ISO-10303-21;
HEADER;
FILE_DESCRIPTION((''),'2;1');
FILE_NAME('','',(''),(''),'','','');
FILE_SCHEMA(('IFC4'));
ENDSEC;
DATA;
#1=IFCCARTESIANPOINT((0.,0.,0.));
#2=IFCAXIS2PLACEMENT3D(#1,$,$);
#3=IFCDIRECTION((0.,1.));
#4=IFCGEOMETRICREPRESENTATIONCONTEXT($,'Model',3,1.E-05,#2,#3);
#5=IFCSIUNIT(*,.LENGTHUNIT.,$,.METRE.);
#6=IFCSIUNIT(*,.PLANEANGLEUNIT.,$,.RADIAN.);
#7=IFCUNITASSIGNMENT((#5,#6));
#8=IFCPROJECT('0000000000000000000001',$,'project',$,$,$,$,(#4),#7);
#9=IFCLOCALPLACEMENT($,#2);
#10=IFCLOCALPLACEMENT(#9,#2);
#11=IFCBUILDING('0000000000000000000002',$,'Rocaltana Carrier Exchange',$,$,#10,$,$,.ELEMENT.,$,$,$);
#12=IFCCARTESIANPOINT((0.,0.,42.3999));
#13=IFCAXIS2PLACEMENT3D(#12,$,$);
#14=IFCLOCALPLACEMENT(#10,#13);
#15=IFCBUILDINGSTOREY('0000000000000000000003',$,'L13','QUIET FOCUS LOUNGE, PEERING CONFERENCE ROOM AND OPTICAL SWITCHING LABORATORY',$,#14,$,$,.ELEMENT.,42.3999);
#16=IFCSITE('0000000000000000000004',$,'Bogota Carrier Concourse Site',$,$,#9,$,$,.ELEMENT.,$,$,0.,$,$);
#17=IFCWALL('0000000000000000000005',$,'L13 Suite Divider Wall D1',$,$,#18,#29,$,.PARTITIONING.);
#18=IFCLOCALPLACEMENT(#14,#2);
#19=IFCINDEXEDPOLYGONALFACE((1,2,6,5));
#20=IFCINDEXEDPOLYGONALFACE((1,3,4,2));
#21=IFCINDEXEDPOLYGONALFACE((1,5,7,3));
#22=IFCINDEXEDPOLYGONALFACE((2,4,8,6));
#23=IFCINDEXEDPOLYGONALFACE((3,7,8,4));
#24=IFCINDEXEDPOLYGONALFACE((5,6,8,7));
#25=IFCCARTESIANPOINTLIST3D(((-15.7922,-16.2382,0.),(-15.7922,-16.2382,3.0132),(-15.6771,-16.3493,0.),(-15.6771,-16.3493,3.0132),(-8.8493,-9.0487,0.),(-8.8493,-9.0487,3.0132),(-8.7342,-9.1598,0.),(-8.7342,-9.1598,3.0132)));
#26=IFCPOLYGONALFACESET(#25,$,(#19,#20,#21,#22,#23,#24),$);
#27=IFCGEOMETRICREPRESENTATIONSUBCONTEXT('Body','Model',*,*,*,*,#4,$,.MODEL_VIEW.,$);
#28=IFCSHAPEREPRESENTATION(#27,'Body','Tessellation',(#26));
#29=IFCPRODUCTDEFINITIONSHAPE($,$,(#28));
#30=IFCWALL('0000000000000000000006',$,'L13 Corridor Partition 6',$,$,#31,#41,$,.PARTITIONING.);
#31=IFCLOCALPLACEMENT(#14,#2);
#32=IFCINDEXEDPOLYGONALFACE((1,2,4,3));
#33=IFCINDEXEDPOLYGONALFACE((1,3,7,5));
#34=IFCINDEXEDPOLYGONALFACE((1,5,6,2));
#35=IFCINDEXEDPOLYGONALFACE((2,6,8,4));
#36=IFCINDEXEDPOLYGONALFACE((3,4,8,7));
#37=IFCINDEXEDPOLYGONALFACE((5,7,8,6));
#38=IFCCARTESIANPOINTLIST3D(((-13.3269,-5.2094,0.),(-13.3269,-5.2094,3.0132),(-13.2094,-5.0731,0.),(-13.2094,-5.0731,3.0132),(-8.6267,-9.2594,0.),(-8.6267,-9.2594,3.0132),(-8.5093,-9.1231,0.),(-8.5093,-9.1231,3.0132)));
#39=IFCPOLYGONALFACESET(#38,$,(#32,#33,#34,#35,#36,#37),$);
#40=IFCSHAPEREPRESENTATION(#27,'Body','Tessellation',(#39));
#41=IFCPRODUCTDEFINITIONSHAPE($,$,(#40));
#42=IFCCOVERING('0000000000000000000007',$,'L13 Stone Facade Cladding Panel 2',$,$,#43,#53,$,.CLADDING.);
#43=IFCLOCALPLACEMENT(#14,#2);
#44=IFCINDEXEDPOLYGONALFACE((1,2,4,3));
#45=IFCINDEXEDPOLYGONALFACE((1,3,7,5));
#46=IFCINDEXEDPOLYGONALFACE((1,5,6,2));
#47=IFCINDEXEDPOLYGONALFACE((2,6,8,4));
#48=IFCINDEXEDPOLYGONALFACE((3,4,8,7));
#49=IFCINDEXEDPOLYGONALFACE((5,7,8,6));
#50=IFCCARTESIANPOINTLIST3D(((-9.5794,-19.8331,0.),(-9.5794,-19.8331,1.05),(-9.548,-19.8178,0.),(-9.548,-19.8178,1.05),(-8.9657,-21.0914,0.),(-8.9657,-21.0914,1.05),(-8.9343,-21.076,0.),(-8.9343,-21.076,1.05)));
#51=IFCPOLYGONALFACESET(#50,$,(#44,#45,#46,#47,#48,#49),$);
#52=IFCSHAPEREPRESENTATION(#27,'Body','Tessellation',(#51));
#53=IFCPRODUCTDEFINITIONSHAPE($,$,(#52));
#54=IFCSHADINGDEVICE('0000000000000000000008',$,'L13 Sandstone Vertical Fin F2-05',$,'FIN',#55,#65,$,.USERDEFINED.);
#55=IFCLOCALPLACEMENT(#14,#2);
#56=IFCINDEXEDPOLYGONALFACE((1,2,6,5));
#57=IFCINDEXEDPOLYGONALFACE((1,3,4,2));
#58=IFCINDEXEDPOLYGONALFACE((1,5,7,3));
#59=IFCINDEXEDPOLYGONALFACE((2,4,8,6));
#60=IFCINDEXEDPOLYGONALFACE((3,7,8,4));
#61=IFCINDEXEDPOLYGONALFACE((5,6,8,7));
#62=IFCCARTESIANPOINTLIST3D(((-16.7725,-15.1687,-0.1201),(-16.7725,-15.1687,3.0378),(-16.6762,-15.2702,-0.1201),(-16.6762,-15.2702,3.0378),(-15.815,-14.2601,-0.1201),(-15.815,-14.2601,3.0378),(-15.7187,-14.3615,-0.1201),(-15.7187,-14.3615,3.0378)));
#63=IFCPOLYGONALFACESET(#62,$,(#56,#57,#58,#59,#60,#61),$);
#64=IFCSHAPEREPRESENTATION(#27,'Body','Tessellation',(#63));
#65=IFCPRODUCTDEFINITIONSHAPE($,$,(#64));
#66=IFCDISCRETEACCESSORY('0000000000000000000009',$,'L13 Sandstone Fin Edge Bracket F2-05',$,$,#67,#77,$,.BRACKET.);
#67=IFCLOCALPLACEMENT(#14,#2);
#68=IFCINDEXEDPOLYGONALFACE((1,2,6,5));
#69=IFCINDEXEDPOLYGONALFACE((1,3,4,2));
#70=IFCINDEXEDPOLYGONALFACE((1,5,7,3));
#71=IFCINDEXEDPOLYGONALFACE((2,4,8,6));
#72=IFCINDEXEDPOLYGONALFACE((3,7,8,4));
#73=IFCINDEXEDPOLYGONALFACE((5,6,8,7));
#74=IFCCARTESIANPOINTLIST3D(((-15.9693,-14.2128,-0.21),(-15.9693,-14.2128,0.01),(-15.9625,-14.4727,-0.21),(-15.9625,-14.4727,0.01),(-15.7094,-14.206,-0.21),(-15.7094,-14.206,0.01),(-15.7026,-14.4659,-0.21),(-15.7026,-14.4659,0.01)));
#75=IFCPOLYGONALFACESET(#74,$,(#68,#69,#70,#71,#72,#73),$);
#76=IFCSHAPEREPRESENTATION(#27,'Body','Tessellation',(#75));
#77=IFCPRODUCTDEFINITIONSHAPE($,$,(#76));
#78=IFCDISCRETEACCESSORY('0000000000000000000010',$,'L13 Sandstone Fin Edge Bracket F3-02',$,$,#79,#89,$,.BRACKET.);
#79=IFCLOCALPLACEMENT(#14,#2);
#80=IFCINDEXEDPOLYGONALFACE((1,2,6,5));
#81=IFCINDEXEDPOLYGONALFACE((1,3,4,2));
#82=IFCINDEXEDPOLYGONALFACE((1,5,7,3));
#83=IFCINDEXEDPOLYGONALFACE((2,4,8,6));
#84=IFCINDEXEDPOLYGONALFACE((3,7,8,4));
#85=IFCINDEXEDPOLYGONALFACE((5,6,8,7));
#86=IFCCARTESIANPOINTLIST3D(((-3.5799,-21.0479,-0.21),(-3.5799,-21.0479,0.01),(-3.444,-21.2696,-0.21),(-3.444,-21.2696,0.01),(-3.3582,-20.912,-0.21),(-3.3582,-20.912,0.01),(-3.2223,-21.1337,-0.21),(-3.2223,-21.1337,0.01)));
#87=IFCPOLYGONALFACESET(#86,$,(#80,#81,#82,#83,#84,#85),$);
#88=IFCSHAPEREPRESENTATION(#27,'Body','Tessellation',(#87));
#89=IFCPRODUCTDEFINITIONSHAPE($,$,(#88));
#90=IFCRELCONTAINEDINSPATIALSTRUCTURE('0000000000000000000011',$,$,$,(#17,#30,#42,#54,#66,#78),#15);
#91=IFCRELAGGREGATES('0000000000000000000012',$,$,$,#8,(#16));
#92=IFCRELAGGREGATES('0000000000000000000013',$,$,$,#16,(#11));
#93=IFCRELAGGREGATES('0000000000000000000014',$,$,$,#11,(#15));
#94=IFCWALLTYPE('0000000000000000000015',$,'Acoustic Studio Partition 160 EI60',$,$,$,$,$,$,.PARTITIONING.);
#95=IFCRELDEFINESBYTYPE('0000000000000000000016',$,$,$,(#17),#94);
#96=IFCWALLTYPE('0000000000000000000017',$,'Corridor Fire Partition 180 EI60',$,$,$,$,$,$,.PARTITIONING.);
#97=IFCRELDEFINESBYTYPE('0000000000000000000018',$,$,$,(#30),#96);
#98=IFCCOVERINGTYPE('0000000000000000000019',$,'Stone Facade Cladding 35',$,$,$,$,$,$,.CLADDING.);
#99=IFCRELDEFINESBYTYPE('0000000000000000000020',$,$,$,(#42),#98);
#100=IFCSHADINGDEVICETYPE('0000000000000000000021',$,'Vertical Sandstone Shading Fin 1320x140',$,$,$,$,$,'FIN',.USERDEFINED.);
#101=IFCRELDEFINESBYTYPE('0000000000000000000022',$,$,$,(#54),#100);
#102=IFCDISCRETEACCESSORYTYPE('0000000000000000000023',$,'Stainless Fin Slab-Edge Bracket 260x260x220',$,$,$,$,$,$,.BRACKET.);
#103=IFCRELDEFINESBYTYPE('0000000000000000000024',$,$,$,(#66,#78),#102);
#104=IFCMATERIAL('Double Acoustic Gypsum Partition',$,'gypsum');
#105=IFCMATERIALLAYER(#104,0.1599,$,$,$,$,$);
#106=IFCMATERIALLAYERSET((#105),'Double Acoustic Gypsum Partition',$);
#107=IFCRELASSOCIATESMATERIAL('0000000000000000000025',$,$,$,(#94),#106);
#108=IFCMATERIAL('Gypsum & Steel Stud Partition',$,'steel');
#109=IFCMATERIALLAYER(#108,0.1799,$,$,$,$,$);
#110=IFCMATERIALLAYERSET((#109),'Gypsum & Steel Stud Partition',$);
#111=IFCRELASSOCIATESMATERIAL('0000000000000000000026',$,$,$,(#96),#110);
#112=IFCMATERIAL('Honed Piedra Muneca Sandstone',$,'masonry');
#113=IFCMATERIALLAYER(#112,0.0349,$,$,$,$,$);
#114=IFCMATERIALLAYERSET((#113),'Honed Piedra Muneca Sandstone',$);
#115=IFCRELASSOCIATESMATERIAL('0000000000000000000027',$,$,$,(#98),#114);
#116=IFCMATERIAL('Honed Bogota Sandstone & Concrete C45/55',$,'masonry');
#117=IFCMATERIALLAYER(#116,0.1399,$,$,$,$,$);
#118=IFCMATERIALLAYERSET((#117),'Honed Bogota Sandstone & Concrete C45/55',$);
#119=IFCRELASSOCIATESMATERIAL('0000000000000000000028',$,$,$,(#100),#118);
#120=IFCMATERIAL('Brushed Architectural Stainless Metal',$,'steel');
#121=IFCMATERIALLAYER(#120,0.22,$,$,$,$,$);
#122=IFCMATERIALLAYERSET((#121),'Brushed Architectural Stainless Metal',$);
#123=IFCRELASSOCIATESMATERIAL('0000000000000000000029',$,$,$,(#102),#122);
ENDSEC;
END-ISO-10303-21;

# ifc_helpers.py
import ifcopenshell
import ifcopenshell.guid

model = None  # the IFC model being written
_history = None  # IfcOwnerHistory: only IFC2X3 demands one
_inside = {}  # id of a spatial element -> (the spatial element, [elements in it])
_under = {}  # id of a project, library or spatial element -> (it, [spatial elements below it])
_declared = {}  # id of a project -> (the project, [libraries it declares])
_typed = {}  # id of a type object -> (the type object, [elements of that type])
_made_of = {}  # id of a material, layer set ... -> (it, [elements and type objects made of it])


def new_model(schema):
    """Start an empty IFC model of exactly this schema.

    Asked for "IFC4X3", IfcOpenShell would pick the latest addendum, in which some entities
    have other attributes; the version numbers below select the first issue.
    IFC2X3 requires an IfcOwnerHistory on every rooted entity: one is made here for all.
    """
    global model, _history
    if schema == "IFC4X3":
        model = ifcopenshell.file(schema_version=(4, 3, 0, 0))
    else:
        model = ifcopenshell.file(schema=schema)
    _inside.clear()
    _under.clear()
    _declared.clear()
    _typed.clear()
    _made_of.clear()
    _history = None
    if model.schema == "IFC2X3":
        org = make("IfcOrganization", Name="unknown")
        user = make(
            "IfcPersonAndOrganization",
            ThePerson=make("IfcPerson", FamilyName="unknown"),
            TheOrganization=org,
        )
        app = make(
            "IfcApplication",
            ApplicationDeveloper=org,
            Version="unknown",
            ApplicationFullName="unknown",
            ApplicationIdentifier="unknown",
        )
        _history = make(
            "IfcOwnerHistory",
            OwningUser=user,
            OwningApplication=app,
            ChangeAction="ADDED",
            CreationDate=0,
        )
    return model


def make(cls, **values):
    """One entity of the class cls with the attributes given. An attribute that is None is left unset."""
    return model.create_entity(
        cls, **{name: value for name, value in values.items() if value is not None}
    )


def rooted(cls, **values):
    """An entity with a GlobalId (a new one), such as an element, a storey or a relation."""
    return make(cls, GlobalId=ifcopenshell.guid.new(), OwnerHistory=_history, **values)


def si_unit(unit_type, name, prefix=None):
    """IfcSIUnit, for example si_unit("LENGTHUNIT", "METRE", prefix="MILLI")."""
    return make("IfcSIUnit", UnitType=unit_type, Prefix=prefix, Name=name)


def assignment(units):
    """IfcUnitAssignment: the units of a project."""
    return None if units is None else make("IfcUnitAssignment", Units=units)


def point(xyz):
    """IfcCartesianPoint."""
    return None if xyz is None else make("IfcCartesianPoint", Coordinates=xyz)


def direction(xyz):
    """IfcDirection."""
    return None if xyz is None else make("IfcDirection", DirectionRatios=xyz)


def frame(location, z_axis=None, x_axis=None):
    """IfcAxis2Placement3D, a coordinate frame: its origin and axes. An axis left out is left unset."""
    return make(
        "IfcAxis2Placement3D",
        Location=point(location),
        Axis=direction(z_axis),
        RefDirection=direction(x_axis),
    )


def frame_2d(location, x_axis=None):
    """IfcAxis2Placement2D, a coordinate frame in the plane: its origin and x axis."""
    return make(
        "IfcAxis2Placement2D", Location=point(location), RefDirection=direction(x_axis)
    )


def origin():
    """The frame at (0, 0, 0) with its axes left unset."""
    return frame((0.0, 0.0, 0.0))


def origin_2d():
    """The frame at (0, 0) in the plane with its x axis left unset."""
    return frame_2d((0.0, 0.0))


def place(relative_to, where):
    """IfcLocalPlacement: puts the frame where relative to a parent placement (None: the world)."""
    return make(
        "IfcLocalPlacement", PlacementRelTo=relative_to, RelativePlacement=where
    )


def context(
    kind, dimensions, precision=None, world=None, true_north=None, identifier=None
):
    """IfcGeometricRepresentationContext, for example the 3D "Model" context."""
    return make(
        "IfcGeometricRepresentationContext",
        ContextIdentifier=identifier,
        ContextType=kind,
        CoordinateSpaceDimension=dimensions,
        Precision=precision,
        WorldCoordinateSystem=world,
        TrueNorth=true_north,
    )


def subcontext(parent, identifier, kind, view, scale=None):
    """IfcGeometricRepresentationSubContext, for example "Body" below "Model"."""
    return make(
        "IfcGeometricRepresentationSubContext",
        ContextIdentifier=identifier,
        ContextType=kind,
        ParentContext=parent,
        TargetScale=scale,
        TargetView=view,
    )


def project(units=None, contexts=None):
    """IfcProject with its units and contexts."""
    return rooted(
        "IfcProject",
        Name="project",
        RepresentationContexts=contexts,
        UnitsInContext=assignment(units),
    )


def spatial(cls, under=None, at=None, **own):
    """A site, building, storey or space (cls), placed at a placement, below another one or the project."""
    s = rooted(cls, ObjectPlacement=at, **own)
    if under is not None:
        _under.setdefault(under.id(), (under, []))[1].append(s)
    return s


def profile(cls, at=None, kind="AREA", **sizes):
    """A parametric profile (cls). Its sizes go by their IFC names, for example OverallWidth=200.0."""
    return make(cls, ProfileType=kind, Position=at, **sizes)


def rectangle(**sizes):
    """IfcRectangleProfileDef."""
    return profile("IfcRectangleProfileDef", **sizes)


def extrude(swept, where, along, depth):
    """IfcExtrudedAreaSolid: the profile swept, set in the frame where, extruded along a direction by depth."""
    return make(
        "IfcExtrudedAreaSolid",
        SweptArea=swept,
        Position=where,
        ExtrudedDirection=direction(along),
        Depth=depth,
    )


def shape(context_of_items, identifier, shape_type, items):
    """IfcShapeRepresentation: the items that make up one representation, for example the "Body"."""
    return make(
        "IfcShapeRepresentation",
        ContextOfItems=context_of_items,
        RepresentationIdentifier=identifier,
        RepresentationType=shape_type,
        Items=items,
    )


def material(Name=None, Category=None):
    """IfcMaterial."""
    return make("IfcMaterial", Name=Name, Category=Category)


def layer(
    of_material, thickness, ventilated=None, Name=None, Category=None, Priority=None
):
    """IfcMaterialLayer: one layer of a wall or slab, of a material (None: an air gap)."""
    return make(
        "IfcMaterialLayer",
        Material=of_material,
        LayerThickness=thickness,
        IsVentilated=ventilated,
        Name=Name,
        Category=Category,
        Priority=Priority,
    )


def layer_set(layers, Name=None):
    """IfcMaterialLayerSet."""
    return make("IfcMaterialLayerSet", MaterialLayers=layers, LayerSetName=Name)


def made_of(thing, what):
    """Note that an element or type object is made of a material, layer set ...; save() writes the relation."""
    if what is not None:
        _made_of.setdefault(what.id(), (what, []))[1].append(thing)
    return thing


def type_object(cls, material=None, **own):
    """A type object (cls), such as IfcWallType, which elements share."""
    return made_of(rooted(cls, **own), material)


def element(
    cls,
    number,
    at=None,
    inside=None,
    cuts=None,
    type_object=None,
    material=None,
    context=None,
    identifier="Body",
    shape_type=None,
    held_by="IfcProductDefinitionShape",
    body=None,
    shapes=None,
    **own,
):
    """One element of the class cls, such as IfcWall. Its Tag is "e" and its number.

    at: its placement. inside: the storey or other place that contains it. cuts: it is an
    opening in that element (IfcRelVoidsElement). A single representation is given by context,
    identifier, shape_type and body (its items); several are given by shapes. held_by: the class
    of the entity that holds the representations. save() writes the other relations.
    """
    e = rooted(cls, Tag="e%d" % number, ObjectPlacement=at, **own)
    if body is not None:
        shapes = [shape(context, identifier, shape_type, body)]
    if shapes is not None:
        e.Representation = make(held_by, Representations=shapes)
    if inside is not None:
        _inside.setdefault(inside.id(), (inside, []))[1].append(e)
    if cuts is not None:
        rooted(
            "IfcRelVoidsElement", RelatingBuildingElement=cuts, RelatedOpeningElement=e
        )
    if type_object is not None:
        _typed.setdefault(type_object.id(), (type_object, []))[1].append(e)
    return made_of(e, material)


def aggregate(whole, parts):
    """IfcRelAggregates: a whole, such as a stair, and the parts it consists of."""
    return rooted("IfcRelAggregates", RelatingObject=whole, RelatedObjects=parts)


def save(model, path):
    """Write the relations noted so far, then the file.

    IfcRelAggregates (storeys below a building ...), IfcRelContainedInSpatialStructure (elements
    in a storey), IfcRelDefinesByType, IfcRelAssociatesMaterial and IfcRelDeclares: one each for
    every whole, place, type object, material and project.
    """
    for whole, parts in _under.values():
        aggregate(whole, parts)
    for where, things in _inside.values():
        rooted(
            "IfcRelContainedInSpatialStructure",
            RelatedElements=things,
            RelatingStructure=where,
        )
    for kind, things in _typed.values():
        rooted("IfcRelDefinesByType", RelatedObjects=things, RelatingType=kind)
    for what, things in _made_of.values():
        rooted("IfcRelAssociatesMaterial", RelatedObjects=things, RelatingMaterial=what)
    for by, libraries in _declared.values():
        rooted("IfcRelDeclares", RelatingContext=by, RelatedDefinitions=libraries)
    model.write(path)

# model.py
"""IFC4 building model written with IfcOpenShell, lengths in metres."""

from ifc_helpers import new_model, si_unit, direction, frame, frame_2d, origin, origin_2d, place, context, subcontext, project, spatial, rectangle, extrude, material, layer, layer_set, type_object, element, save


model = new_model("IFC4")

# Units and contexts
model_context = context("Model", 3, precision=1e-05, world=origin(), true_north=direction((0.0, 1.0)))
body_context = subcontext(model_context, "Body", "Model", "MODEL_VIEW")
ifc_project = project(units=[si_unit("LENGTHUNIT", "METRE"), si_unit("PLANEANGLEUNIT", "RADIAN")], contexts=[model_context])

# Site, building, storey
site_placement = place(None, origin())
site = spatial("IfcSite", under=ifc_project, at=site_placement, Name="Bogota Carrier Concourse Site", CompositionType="ELEMENT", RefElevation=0.0)
building_placement = place(site_placement, origin())
building = spatial("IfcBuilding", under=site, at=building_placement, Name="Rocaltana Carrier Exchange", CompositionType="ELEMENT")
storey_placement = place(building_placement, frame((0.0, 0.0, 42.3999)))
storey = spatial("IfcBuildingStorey", under=building, at=storey_placement, Name="L13", Description="QUIET FOCUS LOUNGE, PEERING CONFERENCE ROOM AND OPTICAL SWITCHING LABORATORY", CompositionType="ELEMENT", Elevation=42.3999)

# Walls
ifc_material_1 = material(Name="Double Acoustic Gypsum Partition", Category="gypsum")
ifc_layer_1 = layer(ifc_material_1, 0.1599)
ifc_layer_set_1 = layer_set([ifc_layer_1], Name="Double Acoustic Gypsum Partition")
wall_type_1 = type_object("IfcWallType", Name="Acoustic Studio Partition 160 EI60", PredefinedType="PARTITIONING", material=ifc_layer_set_1)
wall_1_placement = place(storey_placement, frame((-8.7917, -9.1042, 0.0), z_axis=(0.0, 0.0, 1.0), x_axis=(-0.694663, -0.719335, 0.0)))
element("IfcWall", 1, at=wall_1_placement, inside=storey, type_object=wall_type_1, Name="L13 Suite Divider Wall D1", PredefinedType="PARTITIONING", context=body_context, shape_type="SweptSolid", body=[
    extrude(rectangle(XDim=9.9946, YDim=0.1599, at=frame_2d((4.9973, 0.0))), origin(), (0.0, 0.0, 1.0), 3.0132),
])
ifc_material_2 = material(Name="Gypsum & Steel Stud Partition", Category="steel")
ifc_layer_2 = layer(ifc_material_2, 0.1799)
ifc_layer_set_2 = layer_set([ifc_layer_2], Name="Gypsum & Steel Stud Partition")
wall_type_2 = type_object("IfcWallType", Name="Corridor Fire Partition 180 EI60", PredefinedType="PARTITIONING", material=ifc_layer_set_2)
wall_2_placement = place(storey_placement, frame((-8.5681, -9.1912, 0.0), z_axis=(0.0, 0.0, 1.0), x_axis=(-0.757557, 0.652769, 0.0)))
element("IfcWall", 2, at=wall_2_placement, inside=storey, type_object=wall_type_2, Name="L13 Corridor Partition 6", PredefinedType="PARTITIONING", context=body_context, shape_type="SweptSolid", body=[
    extrude(rectangle(XDim=6.2043, YDim=0.1799, at=frame_2d((3.1021, 0.0))), origin(), (0.0, 0.0, 1.0), 3.0132),
])

# Covering
ifc_material_3 = material(Name="Honed Piedra Muneca Sandstone", Category="masonry")
ifc_layer_3 = layer(ifc_material_3, 0.0349)
ifc_layer_set_3 = layer_set([ifc_layer_3], Name="Honed Piedra Muneca Sandstone")
covering_type = type_object("IfcCoveringType", Name="Stone Facade Cladding 35", PredefinedType="CLADDING", material=ifc_layer_set_3)
covering_placement = place(storey_placement, frame((-9.2568, -20.4546, 0.0), z_axis=(0.0, 0.0, 1.0), x_axis=(-0.438371, 0.898794, 0.0)))
element("IfcCovering", 3, at=covering_placement, inside=storey, type_object=covering_type, Name="L13 Stone Facade Cladding Panel 2", PredefinedType="CLADDING", context=body_context, shape_type="SweptSolid", body=[
    extrude(rectangle(XDim=1.3999, YDim=0.0349, at=origin_2d()), origin(), (0.0, 0.0, 1.0), 1.05),
])

# Shading device
ifc_material_4 = material(Name="Honed Bogota Sandstone & Concrete C45/55", Category="masonry")
ifc_layer_4 = layer(ifc_material_4, 0.1399)
ifc_layer_set_4 = layer_set([ifc_layer_4], Name="Honed Bogota Sandstone & Concrete C45/55")
shading_device_type = type_object("IfcShadingDeviceType", Name="Vertical Sandstone Shading Fin 1320x140", ElementType="FIN", PredefinedType="USERDEFINED", material=ifc_layer_set_4)
shading_device_placement = place(storey_placement, frame((-16.2456, -14.7651, -0.1201), z_axis=(0.0, 0.0, 1.0), x_axis=(-0.725374, -0.688355, 0.0)))
element("IfcShadingDevice", 4, at=shading_device_placement, inside=storey, type_object=shading_device_type, Name="L13 Sandstone Vertical Fin F2-05", ObjectType="FIN", PredefinedType="USERDEFINED", context=body_context, shape_type="SweptSolid", body=[
    extrude(rectangle(XDim=1.3201, YDim=0.1399, at=origin_2d()), origin(), (0.0, 0.0, 1.0), 3.158),
])

# Discrete accessories
ifc_material_5 = material(Name="Brushed Architectural Stainless Metal", Category="steel")
ifc_layer_5 = layer(ifc_material_5, 0.22)
ifc_layer_set_5 = layer_set([ifc_layer_5], Name="Brushed Architectural Stainless Metal")
discrete_accessory_type = type_object("IfcDiscreteAccessoryType", Name="Stainless Fin Slab-Edge Bracket 260x260x220", PredefinedType="BRACKET", material=ifc_layer_set_5)
for number, where, z_axis, x_axis, name in (
    (5, (-15.8359, -14.3394, -0.21), (0.0, 0.0, 1.0), (0.026177, -0.999657, 0.0), "L13 Sandstone Fin Edge Bracket F2-05"),
    (6, (-3.4011, -21.0908, -0.21), (0.0, 0.0, 1.0), (0.85264, 0.522499, 0.0), "L13 Sandstone Fin Edge Bracket F3-02"),
):
    element("IfcDiscreteAccessory", number, at=place(storey_placement, frame(where, z_axis=z_axis, x_axis=x_axis)), inside=storey, type_object=discrete_accessory_type, Name=name, PredefinedType="BRACKET", context=body_context, shape_type="SweptSolid", body=[
        extrude(rectangle(XDim=0.26, YDim=0.26, at=origin_2d()), origin(), (0.0, 0.0, 1.0), 0.22),
    ])

save(model, "model.ifc")
